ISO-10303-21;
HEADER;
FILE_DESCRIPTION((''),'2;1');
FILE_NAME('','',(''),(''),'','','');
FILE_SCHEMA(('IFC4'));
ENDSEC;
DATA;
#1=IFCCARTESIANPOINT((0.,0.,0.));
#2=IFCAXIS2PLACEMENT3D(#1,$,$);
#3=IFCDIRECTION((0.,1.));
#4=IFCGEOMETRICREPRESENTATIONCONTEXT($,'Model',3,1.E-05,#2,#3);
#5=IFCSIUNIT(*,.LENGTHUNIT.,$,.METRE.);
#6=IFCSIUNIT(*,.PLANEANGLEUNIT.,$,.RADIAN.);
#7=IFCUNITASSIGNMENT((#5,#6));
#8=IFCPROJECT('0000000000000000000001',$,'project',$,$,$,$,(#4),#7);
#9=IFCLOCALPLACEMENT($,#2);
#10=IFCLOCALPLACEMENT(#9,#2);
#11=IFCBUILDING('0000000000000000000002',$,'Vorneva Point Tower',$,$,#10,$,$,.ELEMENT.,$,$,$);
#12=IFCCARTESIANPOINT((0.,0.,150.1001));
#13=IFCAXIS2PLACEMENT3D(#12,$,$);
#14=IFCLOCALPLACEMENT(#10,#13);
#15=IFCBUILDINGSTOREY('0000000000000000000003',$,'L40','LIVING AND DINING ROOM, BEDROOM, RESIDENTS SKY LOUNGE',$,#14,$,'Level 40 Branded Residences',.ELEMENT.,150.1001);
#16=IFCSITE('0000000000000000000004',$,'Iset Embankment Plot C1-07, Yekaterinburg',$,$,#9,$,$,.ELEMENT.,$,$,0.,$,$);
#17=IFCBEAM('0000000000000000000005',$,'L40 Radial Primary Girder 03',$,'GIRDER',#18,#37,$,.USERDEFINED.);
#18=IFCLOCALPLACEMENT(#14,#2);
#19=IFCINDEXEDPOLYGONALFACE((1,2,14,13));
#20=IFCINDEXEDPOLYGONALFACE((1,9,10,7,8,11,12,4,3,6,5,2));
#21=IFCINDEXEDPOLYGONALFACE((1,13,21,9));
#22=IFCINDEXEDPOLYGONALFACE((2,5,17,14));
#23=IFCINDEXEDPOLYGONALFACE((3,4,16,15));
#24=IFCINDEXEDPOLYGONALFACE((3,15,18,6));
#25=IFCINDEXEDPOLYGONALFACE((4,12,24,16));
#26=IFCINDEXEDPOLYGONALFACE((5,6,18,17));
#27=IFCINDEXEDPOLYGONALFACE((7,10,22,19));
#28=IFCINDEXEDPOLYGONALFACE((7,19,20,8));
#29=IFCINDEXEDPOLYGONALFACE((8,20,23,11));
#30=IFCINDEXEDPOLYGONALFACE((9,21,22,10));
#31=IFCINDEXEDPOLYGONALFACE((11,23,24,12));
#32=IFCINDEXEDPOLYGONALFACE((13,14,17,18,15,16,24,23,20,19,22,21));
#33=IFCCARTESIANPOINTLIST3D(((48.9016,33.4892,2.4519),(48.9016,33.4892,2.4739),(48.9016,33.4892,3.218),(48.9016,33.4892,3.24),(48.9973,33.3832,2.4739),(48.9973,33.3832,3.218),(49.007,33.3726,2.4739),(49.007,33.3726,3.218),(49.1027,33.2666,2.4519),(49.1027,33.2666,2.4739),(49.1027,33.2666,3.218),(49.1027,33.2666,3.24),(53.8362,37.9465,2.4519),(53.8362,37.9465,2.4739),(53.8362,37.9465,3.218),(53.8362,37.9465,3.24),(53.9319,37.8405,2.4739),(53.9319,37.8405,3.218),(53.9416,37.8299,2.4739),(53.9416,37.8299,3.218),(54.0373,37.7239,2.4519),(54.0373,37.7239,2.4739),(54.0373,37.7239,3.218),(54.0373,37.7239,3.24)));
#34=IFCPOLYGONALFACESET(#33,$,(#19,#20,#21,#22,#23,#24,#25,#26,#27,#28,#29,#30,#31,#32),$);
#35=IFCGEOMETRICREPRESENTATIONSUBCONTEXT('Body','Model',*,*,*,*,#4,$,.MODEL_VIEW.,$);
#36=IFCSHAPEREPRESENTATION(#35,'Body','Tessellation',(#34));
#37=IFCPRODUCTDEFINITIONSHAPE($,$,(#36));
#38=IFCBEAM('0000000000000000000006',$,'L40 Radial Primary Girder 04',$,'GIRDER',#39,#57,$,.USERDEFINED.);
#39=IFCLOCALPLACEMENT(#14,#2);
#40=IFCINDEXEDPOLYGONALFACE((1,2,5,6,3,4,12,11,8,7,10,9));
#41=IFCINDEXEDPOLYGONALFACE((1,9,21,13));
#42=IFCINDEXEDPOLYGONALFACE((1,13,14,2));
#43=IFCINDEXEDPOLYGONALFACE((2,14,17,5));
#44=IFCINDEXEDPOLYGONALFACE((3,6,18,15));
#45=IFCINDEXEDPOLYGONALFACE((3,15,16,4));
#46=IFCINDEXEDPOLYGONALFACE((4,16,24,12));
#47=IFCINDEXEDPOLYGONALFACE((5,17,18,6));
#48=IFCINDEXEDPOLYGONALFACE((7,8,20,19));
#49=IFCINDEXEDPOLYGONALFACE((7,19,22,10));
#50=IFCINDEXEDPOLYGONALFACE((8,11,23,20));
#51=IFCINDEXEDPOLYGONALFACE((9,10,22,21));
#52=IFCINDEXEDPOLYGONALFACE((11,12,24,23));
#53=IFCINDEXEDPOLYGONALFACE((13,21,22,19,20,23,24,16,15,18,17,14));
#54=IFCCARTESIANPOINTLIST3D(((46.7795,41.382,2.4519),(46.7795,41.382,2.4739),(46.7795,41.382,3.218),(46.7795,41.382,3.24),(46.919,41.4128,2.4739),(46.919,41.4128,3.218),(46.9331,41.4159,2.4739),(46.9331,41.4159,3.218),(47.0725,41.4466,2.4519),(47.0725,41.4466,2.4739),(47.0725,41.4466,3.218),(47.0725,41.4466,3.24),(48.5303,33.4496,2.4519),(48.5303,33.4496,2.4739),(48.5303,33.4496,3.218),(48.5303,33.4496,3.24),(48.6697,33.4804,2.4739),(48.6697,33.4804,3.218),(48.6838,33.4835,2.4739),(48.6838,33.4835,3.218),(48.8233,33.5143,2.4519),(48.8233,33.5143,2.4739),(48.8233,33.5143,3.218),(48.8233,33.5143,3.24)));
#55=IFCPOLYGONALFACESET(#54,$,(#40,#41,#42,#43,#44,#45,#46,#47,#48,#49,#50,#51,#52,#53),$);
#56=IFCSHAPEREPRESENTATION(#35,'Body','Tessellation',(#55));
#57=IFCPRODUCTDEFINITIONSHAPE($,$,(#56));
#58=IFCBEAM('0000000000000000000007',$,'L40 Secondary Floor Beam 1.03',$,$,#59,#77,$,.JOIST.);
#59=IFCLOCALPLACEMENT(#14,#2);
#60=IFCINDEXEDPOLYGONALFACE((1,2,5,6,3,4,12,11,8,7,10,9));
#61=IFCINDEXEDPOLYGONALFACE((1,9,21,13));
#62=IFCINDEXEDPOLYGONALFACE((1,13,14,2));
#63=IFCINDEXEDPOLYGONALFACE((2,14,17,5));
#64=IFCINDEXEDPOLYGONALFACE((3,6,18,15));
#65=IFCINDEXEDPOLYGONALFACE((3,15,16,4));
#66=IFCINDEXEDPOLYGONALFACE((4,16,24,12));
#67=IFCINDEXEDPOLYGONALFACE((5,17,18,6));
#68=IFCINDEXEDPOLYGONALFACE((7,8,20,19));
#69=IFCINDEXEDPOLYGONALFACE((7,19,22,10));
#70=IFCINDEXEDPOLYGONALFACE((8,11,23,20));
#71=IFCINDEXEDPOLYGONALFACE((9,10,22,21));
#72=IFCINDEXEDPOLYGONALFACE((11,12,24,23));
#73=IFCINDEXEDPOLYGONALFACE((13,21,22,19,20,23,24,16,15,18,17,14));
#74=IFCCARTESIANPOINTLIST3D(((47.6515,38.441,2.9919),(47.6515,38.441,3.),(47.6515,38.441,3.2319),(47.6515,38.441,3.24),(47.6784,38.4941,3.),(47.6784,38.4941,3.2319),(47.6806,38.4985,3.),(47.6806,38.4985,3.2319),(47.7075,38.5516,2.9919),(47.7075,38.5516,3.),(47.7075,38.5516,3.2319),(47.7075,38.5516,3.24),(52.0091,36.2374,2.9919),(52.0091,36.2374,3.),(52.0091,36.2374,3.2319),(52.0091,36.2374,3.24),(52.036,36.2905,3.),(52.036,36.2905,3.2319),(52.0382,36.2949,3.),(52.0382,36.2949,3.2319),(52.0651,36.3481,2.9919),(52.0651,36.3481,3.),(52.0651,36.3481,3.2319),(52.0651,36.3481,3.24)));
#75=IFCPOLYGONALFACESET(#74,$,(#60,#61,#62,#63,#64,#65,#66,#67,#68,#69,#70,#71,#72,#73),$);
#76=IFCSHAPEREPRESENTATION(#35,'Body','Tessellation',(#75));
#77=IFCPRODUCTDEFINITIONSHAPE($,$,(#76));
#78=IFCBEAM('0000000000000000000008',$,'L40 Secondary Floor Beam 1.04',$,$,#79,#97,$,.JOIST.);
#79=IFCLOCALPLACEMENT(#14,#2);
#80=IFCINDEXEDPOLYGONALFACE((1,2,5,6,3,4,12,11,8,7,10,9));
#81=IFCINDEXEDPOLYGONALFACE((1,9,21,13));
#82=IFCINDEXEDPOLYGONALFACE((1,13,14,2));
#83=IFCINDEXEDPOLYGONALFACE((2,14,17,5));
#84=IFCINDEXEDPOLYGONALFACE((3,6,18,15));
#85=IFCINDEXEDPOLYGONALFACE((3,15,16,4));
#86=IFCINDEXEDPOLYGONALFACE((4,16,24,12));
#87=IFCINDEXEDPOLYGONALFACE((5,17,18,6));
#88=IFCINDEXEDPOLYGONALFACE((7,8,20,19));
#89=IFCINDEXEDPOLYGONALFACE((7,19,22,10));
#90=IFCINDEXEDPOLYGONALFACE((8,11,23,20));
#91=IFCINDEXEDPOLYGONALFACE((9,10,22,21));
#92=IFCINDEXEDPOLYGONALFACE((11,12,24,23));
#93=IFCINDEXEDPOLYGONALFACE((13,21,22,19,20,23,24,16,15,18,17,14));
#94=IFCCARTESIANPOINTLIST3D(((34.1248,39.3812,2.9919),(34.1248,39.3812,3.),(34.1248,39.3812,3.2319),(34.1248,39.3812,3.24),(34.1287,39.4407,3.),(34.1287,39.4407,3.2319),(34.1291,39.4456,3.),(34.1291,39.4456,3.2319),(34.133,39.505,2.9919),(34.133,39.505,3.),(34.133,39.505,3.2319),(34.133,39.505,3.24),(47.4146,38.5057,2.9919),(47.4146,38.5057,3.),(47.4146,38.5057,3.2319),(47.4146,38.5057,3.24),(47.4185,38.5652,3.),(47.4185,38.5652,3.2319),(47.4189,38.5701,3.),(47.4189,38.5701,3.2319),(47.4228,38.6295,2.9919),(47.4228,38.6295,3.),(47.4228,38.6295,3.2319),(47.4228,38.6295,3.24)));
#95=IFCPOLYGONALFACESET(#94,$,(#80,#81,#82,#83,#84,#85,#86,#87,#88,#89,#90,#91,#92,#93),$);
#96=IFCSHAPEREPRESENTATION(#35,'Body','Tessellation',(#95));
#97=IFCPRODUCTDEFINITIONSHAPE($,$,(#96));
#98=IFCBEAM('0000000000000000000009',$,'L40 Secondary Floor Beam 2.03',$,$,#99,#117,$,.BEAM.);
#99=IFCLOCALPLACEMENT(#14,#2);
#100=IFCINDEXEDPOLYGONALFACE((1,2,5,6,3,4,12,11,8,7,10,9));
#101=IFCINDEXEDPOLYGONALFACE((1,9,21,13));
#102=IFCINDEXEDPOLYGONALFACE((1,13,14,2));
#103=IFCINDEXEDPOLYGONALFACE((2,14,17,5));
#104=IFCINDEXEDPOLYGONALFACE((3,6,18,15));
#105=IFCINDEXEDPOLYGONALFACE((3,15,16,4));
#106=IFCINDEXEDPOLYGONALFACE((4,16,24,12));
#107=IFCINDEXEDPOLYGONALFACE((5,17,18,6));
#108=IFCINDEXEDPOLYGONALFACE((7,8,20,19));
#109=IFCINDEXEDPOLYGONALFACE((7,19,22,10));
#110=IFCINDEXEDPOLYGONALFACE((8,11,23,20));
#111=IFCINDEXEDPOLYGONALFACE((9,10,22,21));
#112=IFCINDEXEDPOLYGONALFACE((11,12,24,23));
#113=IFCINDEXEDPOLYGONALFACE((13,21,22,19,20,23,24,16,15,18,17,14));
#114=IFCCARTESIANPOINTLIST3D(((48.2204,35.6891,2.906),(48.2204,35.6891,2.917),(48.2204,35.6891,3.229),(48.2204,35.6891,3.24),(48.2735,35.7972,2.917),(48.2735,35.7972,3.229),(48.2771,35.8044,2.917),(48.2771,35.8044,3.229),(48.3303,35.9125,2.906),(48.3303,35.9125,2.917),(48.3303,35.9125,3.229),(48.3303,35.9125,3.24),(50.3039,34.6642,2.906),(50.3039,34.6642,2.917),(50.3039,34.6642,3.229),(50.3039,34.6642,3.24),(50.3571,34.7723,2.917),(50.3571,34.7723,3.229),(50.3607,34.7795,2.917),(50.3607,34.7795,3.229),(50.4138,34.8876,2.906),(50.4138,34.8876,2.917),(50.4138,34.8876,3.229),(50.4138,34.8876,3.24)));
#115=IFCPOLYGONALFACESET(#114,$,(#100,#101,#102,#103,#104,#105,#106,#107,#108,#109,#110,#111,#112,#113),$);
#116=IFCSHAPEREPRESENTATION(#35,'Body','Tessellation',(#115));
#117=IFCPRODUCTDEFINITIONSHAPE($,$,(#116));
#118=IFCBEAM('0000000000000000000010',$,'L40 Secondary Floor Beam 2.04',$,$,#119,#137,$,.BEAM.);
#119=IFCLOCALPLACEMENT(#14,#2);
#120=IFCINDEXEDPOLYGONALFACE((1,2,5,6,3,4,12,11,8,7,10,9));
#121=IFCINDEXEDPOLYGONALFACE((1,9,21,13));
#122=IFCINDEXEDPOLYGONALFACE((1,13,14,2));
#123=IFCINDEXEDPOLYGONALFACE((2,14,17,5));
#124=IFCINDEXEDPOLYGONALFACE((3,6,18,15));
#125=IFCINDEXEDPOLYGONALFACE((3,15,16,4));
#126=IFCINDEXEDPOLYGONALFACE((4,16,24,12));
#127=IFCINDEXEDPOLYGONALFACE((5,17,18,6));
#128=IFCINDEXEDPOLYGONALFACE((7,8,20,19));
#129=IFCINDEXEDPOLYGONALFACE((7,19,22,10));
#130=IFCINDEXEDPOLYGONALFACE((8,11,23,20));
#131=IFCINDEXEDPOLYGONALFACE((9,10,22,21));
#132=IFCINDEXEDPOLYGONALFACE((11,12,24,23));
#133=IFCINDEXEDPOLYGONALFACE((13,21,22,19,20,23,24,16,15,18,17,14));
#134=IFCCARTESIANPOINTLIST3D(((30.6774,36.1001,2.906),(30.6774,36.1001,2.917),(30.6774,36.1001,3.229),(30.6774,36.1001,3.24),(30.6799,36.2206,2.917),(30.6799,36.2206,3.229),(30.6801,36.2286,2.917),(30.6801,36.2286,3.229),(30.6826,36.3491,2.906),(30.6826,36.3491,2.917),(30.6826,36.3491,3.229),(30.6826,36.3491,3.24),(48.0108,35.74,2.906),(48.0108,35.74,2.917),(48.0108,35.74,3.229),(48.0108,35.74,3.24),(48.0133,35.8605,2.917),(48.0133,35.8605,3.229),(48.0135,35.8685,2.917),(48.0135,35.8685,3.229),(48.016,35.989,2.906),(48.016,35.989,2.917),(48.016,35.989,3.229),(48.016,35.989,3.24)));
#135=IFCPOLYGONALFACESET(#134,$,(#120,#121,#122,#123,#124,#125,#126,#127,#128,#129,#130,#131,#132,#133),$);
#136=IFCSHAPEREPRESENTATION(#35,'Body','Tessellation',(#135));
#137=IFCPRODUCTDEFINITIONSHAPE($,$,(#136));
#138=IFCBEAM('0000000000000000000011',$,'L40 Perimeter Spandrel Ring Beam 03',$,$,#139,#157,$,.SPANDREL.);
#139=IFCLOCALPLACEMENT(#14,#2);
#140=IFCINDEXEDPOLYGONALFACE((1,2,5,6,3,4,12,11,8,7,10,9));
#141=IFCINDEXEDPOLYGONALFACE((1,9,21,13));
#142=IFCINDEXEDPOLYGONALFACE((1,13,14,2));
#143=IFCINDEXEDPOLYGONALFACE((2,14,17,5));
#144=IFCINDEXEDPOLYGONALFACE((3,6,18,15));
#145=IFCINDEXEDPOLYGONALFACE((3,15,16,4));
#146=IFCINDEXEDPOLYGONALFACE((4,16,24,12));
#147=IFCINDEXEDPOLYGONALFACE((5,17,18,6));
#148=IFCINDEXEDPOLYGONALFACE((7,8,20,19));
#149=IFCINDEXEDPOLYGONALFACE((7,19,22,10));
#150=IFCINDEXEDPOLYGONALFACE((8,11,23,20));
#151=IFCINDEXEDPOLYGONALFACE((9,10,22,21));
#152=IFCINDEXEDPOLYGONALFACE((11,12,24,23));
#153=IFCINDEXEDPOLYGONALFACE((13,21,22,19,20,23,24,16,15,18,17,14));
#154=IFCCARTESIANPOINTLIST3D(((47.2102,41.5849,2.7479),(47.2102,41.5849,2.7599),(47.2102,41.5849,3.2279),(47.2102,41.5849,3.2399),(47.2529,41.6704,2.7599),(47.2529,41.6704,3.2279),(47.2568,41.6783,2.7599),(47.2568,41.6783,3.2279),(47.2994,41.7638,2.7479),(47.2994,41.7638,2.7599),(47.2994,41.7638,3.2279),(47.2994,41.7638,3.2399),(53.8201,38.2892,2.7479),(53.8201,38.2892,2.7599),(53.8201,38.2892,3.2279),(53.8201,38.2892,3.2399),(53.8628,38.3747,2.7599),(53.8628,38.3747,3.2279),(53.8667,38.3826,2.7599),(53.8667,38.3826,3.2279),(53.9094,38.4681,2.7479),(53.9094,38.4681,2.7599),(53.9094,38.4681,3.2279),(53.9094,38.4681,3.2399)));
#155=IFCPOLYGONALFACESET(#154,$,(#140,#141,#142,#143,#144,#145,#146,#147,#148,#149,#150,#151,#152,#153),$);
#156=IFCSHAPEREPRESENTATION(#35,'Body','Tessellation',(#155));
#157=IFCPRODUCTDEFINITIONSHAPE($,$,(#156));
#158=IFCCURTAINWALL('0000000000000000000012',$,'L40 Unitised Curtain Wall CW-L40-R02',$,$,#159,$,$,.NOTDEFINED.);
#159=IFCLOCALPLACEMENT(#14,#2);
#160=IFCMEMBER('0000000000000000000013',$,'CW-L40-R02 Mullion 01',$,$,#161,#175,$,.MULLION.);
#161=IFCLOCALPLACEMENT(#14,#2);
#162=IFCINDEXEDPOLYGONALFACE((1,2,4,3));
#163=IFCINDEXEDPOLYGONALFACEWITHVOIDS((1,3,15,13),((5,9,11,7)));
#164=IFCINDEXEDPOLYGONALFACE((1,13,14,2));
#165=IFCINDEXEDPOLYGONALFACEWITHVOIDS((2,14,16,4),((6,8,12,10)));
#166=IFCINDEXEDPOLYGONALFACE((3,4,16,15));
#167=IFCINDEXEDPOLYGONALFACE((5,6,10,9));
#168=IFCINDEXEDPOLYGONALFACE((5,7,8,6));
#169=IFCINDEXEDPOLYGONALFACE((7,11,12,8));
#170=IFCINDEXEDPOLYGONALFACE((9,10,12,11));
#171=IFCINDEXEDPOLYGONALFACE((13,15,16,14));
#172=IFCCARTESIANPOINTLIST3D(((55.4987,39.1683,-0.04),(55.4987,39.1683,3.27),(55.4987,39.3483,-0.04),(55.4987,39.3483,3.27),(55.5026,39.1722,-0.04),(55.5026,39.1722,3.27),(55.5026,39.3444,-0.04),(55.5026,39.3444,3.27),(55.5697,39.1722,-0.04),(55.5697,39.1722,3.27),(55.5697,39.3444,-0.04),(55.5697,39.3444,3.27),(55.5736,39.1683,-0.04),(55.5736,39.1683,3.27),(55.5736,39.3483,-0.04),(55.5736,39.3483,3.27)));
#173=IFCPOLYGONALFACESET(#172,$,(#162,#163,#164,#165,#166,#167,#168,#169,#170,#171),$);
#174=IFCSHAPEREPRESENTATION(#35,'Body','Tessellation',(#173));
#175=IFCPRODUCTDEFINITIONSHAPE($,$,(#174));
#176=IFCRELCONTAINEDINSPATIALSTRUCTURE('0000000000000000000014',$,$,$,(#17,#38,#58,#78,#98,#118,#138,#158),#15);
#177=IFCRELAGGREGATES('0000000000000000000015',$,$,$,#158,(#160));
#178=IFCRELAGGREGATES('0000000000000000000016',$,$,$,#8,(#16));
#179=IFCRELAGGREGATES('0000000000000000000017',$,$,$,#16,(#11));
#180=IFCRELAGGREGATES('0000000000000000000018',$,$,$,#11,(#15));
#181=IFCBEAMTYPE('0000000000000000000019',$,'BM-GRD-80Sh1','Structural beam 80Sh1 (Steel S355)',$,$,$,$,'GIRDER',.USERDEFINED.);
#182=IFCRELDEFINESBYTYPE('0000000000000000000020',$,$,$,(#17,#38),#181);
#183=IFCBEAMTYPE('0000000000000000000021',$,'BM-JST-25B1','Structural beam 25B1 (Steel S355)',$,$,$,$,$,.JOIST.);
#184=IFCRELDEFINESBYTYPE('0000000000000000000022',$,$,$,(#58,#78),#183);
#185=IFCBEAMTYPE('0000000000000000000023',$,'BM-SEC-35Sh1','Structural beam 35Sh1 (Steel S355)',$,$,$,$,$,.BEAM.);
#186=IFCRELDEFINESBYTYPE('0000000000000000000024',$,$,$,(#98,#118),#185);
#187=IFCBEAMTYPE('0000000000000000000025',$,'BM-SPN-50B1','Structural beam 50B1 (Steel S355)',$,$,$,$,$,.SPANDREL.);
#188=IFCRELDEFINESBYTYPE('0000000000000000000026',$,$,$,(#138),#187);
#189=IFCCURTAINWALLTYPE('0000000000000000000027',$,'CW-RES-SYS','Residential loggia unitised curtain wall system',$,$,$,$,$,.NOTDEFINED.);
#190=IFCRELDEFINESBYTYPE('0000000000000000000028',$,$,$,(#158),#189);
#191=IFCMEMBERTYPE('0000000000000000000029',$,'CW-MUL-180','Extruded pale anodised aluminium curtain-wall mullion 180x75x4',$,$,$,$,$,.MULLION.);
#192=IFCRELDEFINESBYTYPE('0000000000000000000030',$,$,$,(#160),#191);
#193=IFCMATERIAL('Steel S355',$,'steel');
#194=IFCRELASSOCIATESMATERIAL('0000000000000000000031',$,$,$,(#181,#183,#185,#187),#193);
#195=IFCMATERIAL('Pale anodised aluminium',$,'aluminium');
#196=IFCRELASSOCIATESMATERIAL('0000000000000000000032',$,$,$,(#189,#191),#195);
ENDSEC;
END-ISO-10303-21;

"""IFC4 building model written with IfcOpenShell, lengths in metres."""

from ifc_helpers import new_model, si_unit, direction, frame, origin, origin_2d, place, context, subcontext, project, spatial, hollow_rectangle, i_section, extrude, material, material_profile, profile_set, type_object, element, aggregate, save


model = new_model("IFC4")

# Units and contexts
model_context = context("Model", 3, precision=1e-05, world=origin(), true_north=direction((0.0, 1.0)))
body_context = subcontext(model_context, "Body", "Model", "MODEL_VIEW")
ifc_project = project(units=[si_unit("LENGTHUNIT", "METRE"), si_unit("PLANEANGLEUNIT", "RADIAN")], contexts=[model_context])

# Site, building, storey
site_placement = place(None, origin())
site = spatial("IfcSite", under=ifc_project, at=site_placement, Name="Iset Embankment Plot C1-07, Yekaterinburg", CompositionType="ELEMENT", RefElevation=0.0)
building_placement = place(site_placement, origin())
building = spatial("IfcBuilding", under=site, at=building_placement, Name="Vorneva Point Tower", CompositionType="ELEMENT")
storey_placement = place(building_placement, frame((0.0, 0.0, 150.1001)))
storey = spatial("IfcBuildingStorey", under=building, at=storey_placement, Name="L40", Description="LIVING AND DINING ROOM, BEDROOM, RESIDENTS SKY LOUNGE", LongName="Level 40 Branded Residences", CompositionType="ELEMENT", Elevation=150.1001)

# Beams
ifc_material_1 = material(Name="Steel S355", Category="steel")
ifc_material_profile_1 = material_profile(ifc_material_1, i_section(OverallWidth=0.3, OverallDepth=0.7881, WebThickness=0.0144, FlangeThickness=0.022, at=origin_2d()), Name="80Sh1")
ifc_profile_set_1 = profile_set([ifc_material_profile_1], Name="Steel S355")
beam_type_1 = type_object("IfcBeamType", Name="BM-GRD-80Sh1", Description="Structural beam 80Sh1 (Steel S355)", ElementType="GIRDER", PredefinedType="USERDEFINED", material=ifc_profile_set_1)
beam_1_placement = place(storey_placement, frame((53.9368, 37.8352, 2.8459), z_axis=(-0.742084, -0.670306, 0.0), x_axis=(0.670306, -0.742084, 0.0)))
element("IfcBeam", 1, at=beam_1_placement, inside=storey, type_object=beam_type_1, Name="L40 Radial Primary Girder 03", ObjectType="GIRDER", PredefinedType="USERDEFINED", context=body_context, shape_type="SweptSolid", body=[
    extrude(i_section(OverallWidth=0.3, OverallDepth=0.7881, WebThickness=0.0144, FlangeThickness=0.022, at=origin_2d()), origin(), (0.0, 0.0, 1.0), 6.6497),
])
beam_2_placement = place(storey_placement, frame((46.926, 41.4143, 2.8459), z_axis=(0.215521, -0.976499, 0.0), x_axis=(0.976499, 0.215521, 0.0)))
element("IfcBeam", 2, at=beam_2_placement, inside=storey, type_object=beam_type_1, Name="L40 Radial Primary Girder 04", ObjectType="GIRDER", PredefinedType="USERDEFINED", context=body_context, shape_type="SweptSolid", body=[
    extrude(i_section(OverallWidth=0.3, OverallDepth=0.7881, WebThickness=0.0144, FlangeThickness=0.022, at=origin_2d()), origin(), (0.0, 0.0, 1.0), 8.1233),
])
ifc_material_profile_2 = material_profile(ifc_material_1, i_section(OverallWidth=0.124, OverallDepth=0.248, WebThickness=0.0049, FlangeThickness=0.0081, at=origin_2d()), Name="25B1")
ifc_profile_set_2 = profile_set([ifc_material_profile_2], Name="Steel S355")
beam_type_2 = type_object("IfcBeamType", Name="BM-JST-25B1", Description="Structural beam 25B1 (Steel S355)", PredefinedType="JOIST", material=ifc_profile_set_2)
beam_3_placement = place(storey_placement, frame((52.0371, 36.2927, 3.116), z_axis=(-0.892388, 0.451269, 0.0), x_axis=(-0.451269, -0.892388, 0.0)))
element("IfcBeam", 3, at=beam_3_placement, inside=storey, type_object=beam_type_2, Name="L40 Secondary Floor Beam 1.03", PredefinedType="JOIST", context=body_context, shape_type="SweptSolid", body=[
    extrude(i_section(OverallWidth=0.124, OverallDepth=0.248, WebThickness=0.0049, FlangeThickness=0.0081, at=origin_2d()), origin(), (0.0, 0.0, 1.0), 4.8831),
])
beam_4_placement = place(storey_placement, frame((47.4187, 38.5676, 3.116), z_axis=(-0.997837, 0.065734, 0.0), x_axis=(-0.065734, -0.997837, 0.0)))
element("IfcBeam", 4, at=beam_4_placement, inside=storey, type_object=beam_type_2, Name="L40 Secondary Floor Beam 1.04", PredefinedType="JOIST", context=body_context, shape_type="SweptSolid", body=[
    extrude(i_section(OverallWidth=0.124, OverallDepth=0.248, WebThickness=0.0049, FlangeThickness=0.0081, at=origin_2d()), origin(), (0.0, 0.0, 1.0), 13.3186),
])
ifc_material_profile_3 = material_profile(ifc_material_1, i_section(OverallWidth=0.249, OverallDepth=0.334, WebThickness=0.0081, FlangeThickness=0.011, at=origin_2d()), Name="35Sh1")
ifc_profile_set_3 = profile_set([ifc_material_profile_3], Name="Steel S355")
beam_type_3 = type_object("IfcBeamType", Name="BM-SEC-35Sh1", Description="Structural beam 35Sh1 (Steel S355)", PredefinedType="BEAM", material=ifc_profile_set_3)
beam_5_placement = place(storey_placement, frame((50.3589, 34.7759, 3.073), z_axis=(-0.89731, 0.4414, 0.0), x_axis=(-0.4414, -0.89731, 0.0)))
element("IfcBeam", 5, at=beam_5_placement, inside=storey, type_object=beam_type_3, Name="L40 Secondary Floor Beam 2.03", PredefinedType="BEAM", context=body_context, shape_type="SweptSolid", body=[
    extrude(i_section(OverallWidth=0.249, OverallDepth=0.334, WebThickness=0.0081, FlangeThickness=0.011, at=origin_2d()), origin(), (0.0, 0.0, 1.0), 2.322),
])
beam_6_placement = place(storey_placement, frame((48.0134, 35.8645, 3.073), z_axis=(-0.999784, 0.020771, 0.0), x_axis=(-0.020771, -0.999784, 0.0)))
element("IfcBeam", 6, at=beam_6_placement, inside=storey, type_object=beam_type_3, Name="L40 Secondary Floor Beam 2.04", PredefinedType="BEAM", context=body_context, shape_type="SweptSolid", body=[
    extrude(i_section(OverallWidth=0.249, OverallDepth=0.334, WebThickness=0.0081, FlangeThickness=0.011, at=origin_2d()), origin(), (0.0, 0.0, 1.0), 17.3372),
])
ifc_material_profile_4 = material_profile(ifc_material_1, i_section(OverallWidth=0.2, OverallDepth=0.4919, WebThickness=0.0088, FlangeThickness=0.012, at=origin_2d()), Name="50B1")
ifc_profile_set_4 = profile_set([ifc_material_profile_4], Name="Steel S355")
beam_type_4 = type_object("IfcBeamType", Name="BM-SPN-50B1", Description="Structural beam 50B1 (Steel S355)", PredefinedType="SPANDREL", material=ifc_profile_set_4)
beam_7_placement = place(storey_placement, frame((53.8647, 38.3787, 2.9939), z_axis=(-0.894929, 0.446208, 0.0), x_axis=(-0.446208, -0.894929, 0.0)))
element("IfcBeam", 7, at=beam_7_placement, inside=storey, type_object=beam_type_4, Name="L40 Perimeter Spandrel Ring Beam 03", PredefinedType="SPANDREL", context=body_context, shape_type="SweptSolid", body=[
    extrude(i_section(OverallWidth=0.2, OverallDepth=0.4919, WebThickness=0.0088, FlangeThickness=0.012, at=origin_2d()), origin(), (0.0, 0.0, 1.0), 7.386),
])

# Curtain wall, member
ifc_material_2 = material(Name="Pale anodised aluminium", Category="aluminium")
curtain_wall_type = type_object("IfcCurtainWallType", Name="CW-RES-SYS", Description="Residential loggia unitised curtain wall system", PredefinedType="NOTDEFINED", material=ifc_material_2)
curtain_wall_placement = place(storey_placement, origin())
curtain_wall = element("IfcCurtainWall", 8, at=curtain_wall_placement, inside=storey, type_object=curtain_wall_type, Name="L40 Unitised Curtain Wall CW-L40-R02", PredefinedType="NOTDEFINED")
ifc_material_profile_5 = material_profile(ifc_material_2, hollow_rectangle(XDim=0.075, YDim=0.1799, WallThickness=0.0039, at=origin_2d()), Name="AL-MUL 180x75x4")
ifc_profile_set_5 = profile_set([ifc_material_profile_5], Name="Pale anodised aluminium")
member_type_1 = type_object("IfcMemberType", Name="CW-MUL-180", Description="Extruded pale anodised aluminium curtain-wall mullion 180x75x4", PredefinedType="MULLION", material=ifc_profile_set_5)
member_1_placement = place(storey_placement, frame((55.5361, 39.2583, -0.04), z_axis=(0.0, 0.0, 1.0), x_axis=(1.0, 0.0, 0.0)))
member_1 = element("IfcMember", 9, at=member_1_placement, type_object=member_type_1, Name="CW-L40-R02 Mullion 01", PredefinedType="MULLION", context=body_context, shape_type="SweptSolid", body=[
    extrude(hollow_rectangle(XDim=0.075, YDim=0.1799, WallThickness=0.0039, at=origin_2d()), origin(), (0.0, 0.0, 1.0), 3.3101),
])
aggregate(curtain_wall, [member_1])

save(model, "model.ifc")
